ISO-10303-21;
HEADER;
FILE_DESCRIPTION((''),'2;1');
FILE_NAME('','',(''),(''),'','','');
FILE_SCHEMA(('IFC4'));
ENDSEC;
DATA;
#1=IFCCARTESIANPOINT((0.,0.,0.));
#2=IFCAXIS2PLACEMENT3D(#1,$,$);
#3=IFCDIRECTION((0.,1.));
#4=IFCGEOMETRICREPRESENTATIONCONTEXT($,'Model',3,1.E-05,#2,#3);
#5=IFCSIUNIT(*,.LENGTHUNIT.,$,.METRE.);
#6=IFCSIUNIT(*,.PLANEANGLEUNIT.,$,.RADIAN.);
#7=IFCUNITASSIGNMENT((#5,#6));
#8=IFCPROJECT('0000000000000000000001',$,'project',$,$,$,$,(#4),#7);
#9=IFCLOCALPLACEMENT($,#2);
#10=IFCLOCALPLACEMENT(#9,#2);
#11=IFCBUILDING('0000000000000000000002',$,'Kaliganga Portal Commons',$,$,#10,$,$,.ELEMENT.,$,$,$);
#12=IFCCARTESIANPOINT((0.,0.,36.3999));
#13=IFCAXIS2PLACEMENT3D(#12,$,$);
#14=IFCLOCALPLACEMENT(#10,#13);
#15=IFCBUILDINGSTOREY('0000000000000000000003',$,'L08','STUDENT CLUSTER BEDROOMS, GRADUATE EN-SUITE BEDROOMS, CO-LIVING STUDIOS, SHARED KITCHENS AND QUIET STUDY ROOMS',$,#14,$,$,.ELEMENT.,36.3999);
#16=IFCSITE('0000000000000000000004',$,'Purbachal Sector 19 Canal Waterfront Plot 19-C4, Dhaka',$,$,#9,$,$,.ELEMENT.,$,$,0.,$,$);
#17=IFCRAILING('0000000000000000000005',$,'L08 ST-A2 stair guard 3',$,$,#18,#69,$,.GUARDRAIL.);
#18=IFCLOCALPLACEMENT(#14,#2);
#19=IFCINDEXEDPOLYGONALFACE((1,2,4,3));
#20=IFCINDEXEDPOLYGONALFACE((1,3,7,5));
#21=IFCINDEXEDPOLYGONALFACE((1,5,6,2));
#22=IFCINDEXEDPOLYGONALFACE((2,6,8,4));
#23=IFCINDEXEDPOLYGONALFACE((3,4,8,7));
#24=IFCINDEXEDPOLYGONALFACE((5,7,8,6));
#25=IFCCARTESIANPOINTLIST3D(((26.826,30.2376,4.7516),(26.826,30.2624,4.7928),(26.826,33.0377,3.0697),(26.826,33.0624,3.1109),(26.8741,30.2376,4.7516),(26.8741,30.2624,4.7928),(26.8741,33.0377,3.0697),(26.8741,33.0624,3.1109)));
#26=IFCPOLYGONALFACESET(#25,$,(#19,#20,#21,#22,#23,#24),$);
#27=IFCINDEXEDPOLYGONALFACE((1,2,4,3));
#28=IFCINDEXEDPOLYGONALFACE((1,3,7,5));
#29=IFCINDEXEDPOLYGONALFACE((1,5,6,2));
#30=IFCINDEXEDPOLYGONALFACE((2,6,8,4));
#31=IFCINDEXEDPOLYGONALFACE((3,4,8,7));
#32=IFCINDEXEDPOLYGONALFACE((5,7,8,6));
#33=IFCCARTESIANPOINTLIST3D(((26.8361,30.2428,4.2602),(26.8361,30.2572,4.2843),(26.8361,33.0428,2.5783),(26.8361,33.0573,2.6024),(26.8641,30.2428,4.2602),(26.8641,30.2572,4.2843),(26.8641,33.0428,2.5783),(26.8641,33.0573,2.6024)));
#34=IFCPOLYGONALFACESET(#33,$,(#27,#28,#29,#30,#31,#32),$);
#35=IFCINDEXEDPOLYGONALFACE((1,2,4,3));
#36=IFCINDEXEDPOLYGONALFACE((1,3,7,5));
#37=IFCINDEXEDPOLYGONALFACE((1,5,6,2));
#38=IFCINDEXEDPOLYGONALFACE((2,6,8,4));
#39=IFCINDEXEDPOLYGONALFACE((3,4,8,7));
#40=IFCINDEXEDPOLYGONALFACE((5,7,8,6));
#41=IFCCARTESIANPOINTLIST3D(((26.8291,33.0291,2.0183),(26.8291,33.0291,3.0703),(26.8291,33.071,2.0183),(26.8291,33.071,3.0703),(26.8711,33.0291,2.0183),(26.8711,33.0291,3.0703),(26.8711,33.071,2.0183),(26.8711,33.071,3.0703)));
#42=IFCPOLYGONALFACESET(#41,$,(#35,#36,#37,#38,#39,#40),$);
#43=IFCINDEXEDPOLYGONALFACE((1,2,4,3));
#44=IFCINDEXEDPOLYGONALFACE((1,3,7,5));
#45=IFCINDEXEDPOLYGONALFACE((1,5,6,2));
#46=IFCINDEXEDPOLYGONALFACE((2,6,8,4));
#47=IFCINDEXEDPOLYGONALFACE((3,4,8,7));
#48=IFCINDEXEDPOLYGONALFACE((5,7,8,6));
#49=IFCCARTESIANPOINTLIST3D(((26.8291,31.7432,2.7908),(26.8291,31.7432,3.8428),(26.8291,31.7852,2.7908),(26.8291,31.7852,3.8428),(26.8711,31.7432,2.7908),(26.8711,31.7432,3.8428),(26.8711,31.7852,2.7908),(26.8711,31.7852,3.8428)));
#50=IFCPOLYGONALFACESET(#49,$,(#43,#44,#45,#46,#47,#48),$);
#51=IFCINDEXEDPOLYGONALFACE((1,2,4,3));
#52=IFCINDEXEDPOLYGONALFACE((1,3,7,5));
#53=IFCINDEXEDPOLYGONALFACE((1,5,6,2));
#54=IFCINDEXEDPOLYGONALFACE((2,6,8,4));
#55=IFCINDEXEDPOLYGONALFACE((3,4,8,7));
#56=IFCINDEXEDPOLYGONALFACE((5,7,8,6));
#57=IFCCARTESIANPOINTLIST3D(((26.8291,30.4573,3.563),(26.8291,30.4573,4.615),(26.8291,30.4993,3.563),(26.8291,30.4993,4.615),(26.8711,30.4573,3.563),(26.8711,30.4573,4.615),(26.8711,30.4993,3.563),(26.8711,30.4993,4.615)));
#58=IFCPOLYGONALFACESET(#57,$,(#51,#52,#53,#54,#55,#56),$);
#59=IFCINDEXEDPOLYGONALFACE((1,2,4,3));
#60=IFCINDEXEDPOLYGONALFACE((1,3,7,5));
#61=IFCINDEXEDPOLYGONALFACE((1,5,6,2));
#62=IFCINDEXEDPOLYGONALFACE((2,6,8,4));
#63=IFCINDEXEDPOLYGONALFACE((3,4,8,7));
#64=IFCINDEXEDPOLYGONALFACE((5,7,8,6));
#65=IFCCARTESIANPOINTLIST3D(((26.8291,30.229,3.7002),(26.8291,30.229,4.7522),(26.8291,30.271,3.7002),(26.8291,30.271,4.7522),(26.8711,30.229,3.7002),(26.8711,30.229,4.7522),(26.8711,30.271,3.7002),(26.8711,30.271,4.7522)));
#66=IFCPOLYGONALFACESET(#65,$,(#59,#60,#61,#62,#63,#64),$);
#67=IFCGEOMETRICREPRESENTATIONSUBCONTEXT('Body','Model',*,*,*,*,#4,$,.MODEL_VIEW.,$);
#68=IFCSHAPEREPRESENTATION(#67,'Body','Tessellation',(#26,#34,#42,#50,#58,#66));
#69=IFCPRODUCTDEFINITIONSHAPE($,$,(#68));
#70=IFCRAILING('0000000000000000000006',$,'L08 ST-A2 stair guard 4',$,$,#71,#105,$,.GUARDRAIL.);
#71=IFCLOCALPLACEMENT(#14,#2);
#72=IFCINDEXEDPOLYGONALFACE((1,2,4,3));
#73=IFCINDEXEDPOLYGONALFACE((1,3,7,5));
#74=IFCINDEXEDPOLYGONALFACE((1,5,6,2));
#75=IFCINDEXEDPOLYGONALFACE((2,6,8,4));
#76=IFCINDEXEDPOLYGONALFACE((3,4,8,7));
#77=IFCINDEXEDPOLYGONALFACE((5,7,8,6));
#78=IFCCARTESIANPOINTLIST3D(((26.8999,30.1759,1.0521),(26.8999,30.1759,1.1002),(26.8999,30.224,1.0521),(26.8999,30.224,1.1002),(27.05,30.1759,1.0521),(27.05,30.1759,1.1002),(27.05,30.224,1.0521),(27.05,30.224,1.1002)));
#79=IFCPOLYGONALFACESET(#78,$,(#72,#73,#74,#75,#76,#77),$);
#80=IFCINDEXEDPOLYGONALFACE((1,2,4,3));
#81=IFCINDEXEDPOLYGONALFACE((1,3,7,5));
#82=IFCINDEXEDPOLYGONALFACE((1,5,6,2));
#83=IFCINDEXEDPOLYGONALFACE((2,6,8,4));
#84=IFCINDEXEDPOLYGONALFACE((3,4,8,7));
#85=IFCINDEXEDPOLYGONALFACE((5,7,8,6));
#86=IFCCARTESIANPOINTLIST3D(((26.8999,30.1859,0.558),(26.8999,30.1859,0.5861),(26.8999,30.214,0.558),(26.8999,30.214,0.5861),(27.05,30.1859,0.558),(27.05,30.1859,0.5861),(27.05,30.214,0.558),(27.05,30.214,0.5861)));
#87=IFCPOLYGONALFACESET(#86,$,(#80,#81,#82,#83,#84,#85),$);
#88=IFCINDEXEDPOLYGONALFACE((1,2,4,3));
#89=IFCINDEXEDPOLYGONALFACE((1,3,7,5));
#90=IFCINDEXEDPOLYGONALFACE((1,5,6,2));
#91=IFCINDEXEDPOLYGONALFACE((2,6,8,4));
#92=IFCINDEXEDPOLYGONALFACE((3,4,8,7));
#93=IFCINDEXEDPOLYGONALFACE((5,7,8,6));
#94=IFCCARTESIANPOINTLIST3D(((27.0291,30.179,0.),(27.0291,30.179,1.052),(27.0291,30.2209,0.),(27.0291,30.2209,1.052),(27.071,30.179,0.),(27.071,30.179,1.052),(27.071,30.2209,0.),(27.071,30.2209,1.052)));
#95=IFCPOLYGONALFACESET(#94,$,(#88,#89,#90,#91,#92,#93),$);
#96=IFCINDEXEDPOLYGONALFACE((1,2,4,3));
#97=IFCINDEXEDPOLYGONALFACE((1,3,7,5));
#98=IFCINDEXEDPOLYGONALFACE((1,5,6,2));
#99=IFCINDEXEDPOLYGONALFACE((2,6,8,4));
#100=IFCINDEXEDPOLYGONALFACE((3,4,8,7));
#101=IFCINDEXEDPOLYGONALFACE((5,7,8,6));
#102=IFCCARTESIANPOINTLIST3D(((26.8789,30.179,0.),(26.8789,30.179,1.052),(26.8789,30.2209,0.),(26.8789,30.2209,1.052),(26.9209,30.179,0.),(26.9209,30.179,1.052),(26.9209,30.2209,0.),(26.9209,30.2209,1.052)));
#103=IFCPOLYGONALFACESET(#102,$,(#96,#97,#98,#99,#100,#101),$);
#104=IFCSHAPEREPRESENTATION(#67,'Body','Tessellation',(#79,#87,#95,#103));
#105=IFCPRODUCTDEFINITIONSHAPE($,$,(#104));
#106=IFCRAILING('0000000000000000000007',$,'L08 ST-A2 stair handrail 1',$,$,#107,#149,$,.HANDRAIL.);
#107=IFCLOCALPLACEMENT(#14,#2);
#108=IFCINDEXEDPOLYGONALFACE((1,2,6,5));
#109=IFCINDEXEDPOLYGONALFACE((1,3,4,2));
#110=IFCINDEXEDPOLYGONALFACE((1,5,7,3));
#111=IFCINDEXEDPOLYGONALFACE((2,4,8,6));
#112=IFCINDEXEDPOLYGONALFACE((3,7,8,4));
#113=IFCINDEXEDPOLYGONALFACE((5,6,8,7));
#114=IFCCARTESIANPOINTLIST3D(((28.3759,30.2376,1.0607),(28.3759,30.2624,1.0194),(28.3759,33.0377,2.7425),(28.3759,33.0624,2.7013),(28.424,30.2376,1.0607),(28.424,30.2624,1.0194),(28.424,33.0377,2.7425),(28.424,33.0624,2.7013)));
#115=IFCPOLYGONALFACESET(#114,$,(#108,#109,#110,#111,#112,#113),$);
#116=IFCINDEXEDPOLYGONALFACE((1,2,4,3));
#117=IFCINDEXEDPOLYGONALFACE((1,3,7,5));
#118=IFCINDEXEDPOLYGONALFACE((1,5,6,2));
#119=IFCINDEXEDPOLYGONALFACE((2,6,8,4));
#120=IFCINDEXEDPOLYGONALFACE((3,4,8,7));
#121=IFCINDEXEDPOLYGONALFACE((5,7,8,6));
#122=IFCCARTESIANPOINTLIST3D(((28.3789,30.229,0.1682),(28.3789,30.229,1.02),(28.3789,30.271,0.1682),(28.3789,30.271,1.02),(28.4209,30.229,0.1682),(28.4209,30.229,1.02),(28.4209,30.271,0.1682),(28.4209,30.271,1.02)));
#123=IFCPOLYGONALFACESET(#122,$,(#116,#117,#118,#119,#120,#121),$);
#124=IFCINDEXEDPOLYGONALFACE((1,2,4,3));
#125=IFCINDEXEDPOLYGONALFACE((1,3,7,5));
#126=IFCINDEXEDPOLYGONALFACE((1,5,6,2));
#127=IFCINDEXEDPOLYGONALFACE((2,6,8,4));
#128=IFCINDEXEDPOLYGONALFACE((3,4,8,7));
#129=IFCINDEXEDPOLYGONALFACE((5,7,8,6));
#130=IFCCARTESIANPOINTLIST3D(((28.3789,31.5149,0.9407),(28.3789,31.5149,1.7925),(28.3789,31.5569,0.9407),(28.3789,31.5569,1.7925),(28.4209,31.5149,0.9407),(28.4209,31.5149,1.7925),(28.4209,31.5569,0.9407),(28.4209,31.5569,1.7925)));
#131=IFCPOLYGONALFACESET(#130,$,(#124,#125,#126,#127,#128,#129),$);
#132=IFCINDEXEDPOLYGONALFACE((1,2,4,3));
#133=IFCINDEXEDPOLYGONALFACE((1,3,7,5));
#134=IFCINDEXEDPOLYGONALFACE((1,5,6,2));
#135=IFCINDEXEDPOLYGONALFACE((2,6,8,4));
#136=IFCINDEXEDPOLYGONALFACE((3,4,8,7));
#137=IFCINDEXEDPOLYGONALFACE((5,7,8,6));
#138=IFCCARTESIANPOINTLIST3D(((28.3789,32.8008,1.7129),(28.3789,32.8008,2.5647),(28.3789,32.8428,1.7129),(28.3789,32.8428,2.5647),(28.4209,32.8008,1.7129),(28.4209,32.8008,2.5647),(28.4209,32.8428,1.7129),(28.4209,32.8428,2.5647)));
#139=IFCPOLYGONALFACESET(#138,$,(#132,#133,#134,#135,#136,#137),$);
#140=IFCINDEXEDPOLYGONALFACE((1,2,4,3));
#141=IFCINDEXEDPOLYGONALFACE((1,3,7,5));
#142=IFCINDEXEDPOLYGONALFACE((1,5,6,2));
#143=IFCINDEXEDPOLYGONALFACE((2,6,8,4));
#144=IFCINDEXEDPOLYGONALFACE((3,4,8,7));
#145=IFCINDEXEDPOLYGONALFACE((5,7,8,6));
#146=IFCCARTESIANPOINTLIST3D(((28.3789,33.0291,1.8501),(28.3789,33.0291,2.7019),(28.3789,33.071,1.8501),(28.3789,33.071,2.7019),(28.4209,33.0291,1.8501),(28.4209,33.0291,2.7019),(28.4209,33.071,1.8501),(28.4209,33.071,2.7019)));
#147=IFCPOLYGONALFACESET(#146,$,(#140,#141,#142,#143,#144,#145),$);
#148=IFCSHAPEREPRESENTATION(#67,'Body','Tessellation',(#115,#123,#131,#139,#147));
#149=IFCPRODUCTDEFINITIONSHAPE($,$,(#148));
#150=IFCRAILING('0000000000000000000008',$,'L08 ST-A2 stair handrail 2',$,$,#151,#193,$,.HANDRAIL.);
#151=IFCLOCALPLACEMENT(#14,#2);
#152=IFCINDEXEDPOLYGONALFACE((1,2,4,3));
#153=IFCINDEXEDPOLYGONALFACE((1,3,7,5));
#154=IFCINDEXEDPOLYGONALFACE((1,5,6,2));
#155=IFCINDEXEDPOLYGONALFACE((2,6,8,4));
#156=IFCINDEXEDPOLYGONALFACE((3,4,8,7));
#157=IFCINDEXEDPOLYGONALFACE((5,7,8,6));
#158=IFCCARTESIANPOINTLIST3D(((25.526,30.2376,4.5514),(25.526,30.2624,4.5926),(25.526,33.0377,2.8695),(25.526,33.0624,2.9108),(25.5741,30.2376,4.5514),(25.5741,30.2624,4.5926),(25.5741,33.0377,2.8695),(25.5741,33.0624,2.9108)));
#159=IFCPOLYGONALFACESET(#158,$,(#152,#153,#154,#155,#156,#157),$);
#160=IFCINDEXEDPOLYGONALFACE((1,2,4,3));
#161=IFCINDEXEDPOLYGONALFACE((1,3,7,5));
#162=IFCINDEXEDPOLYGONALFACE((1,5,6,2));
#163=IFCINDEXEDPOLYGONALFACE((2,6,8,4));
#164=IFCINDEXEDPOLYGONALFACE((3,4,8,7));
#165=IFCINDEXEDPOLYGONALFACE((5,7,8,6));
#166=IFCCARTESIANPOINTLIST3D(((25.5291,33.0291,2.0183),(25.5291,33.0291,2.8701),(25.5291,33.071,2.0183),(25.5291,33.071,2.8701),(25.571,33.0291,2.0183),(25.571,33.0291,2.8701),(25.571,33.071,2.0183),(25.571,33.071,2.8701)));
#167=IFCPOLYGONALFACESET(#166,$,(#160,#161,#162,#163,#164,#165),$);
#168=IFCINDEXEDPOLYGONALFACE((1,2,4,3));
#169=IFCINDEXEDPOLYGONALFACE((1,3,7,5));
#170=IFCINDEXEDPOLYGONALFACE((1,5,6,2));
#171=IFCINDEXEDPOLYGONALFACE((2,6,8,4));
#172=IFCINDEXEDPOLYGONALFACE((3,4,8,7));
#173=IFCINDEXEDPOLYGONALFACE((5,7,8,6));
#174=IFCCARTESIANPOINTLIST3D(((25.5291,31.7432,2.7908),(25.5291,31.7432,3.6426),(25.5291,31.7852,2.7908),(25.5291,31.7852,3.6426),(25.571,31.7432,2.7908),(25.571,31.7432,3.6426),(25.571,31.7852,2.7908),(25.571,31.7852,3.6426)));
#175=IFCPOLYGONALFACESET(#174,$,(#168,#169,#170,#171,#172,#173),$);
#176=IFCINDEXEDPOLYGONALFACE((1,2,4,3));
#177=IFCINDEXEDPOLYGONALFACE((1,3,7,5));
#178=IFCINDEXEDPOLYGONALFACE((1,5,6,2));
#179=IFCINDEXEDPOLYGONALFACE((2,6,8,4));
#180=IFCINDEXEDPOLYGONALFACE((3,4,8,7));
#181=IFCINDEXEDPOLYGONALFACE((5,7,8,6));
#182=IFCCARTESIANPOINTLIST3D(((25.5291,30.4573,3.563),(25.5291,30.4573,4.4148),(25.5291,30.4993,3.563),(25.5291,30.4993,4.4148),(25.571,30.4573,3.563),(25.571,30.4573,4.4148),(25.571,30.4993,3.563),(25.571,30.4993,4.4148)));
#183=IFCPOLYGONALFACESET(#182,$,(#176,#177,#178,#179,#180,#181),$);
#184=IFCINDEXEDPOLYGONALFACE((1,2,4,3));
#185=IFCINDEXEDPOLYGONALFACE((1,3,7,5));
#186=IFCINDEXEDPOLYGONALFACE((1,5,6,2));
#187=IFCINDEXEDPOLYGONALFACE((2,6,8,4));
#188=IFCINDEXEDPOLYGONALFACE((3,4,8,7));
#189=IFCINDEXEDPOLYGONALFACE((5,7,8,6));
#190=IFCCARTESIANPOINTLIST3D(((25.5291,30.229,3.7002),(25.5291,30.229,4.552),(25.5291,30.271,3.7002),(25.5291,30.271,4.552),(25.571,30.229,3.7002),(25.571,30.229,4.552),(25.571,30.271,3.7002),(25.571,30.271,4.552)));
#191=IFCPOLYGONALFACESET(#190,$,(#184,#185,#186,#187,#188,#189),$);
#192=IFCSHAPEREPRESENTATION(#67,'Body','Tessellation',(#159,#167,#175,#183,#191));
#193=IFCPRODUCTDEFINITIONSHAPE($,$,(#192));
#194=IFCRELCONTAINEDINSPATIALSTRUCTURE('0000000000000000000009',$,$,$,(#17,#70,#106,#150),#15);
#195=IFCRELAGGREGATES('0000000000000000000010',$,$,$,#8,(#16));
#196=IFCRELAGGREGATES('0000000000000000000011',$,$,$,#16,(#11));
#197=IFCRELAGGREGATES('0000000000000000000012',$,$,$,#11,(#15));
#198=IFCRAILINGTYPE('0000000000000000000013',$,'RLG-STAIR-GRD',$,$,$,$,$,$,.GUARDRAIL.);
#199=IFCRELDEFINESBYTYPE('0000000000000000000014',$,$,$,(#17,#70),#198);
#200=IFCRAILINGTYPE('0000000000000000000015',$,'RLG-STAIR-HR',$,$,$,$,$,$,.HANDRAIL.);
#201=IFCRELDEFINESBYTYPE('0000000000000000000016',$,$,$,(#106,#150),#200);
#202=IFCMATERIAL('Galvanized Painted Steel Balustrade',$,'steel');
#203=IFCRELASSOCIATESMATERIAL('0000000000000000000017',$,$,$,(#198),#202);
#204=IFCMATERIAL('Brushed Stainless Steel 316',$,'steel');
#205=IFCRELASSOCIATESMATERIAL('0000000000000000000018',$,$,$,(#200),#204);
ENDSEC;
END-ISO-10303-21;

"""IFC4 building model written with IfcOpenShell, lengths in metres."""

from ifc_helpers import new_model, si_unit, direction, frame, origin, origin_2d, place, context, subcontext, project, spatial, rectangle, extrude, material, type_object, element, save


model = new_model("IFC4")

# Units and contexts
model_context = context("Model", 3, precision=1e-05, world=origin(), true_north=direction((0.0, 1.0)))
body_context = subcontext(model_context, "Body", "Model", "MODEL_VIEW")
ifc_project = project(units=[si_unit("LENGTHUNIT", "METRE"), si_unit("PLANEANGLEUNIT", "RADIAN")], contexts=[model_context])

# Site, building, storey
site_placement = place(None, origin())
site = spatial("IfcSite", under=ifc_project, at=site_placement, Name="Purbachal Sector 19 Canal Waterfront Plot 19-C4, Dhaka", CompositionType="ELEMENT", RefElevation=0.0)
building_placement = place(site_placement, origin())
building = spatial("IfcBuilding", under=site, at=building_placement, Name="Kaliganga Portal Commons", CompositionType="ELEMENT")
storey_placement = place(building_placement, frame((0.0, 0.0, 36.3999)))
storey = spatial("IfcBuildingStorey", under=building, at=storey_placement, Name="L08", Description="STUDENT CLUSTER BEDROOMS, GRADUATE EN-SUITE BEDROOMS, CO-LIVING STUDIOS, SHARED KITCHENS AND QUIET STUDY ROOMS", CompositionType="ELEMENT", Elevation=36.3999)

# Railings
ifc_material_1 = material(Name="Galvanized Painted Steel Balustrade", Category="steel")
railing_type_1 = type_object("IfcRailingType", Name="RLG-STAIR-GRD", PredefinedType="GUARDRAIL", material=ifc_material_1)
railing_1_placement = place(storey_placement, frame((26.8501, 33.05, 2.0183)))
element("IfcRailing", 1, at=railing_1_placement, inside=storey, type_object=railing_type_1, Name="L08 ST-A2 stair guard 3", PredefinedType="GUARDRAIL", context=body_context, shape_type="SweptSolid", body=[
    extrude(rectangle(XDim=0.0481, YDim=0.0481, at=origin_2d()), frame((0.0, 0.0, 1.072), z_axis=(0.0, -0.857242, 0.514913), x_axis=(1.0, 0.0, 0.0)), (0.0, 0.0, 1.0), 3.2664),
    extrude(rectangle(XDim=0.0281, YDim=0.0281, at=origin_2d()), frame((0.0, 0.0, 0.572), z_axis=(0.0, -0.857242, 0.514913), x_axis=(1.0, 0.0, 0.0)), (0.0, 0.0, 1.0), 3.2664),
    extrude(rectangle(XDim=0.042, YDim=0.042, at=origin_2d()), origin(), (0.0, 0.0, 1.0), 1.052),
    extrude(rectangle(XDim=0.042, YDim=0.042, at=origin_2d()), frame((0.0, -1.2859, 0.7725)), (0.0, 0.0, 1.0), 1.052),
    extrude(rectangle(XDim=0.042, YDim=0.042, at=origin_2d()), frame((0.0, -2.5718, 1.5447)), (0.0, 0.0, 1.0), 1.052),
    extrude(rectangle(XDim=0.042, YDim=0.042, at=origin_2d()), frame((0.0, -2.8, 1.6819)), (0.0, 0.0, 1.0), 1.052),
])
railing_2_placement = place(storey_placement, frame((27.05, 30.2, 0.0)))
element("IfcRailing", 2, at=railing_2_placement, inside=storey, type_object=railing_type_1, Name="L08 ST-A2 stair guard 4", PredefinedType="GUARDRAIL", context=body_context, shape_type="SweptSolid", body=[
    extrude(rectangle(XDim=0.0481, YDim=0.0481, at=origin_2d()), frame((0.0, 0.0, 1.0762), z_axis=(-1.0, 0.0, 0.0), x_axis=(0.0, -1.0, 0.0)), (0.0, 0.0, 1.0), 0.1501),
    extrude(rectangle(XDim=0.0281, YDim=0.0281, at=origin_2d()), frame((0.0, 0.0, 0.572), z_axis=(-1.0, 0.0, 0.0), x_axis=(0.0, -1.0, 0.0)), (0.0, 0.0, 1.0), 0.1501),
    extrude(rectangle(XDim=0.042, YDim=0.042, at=origin_2d()), origin(), (0.0, 0.0, 1.0), 1.052),
    extrude(rectangle(XDim=0.042, YDim=0.042, at=origin_2d()), frame((-0.1501, 0.0, 0.0)), (0.0, 0.0, 1.0), 1.052),
])
ifc_material_2 = material(Name="Brushed Stainless Steel 316", Category="steel")
railing_type_2 = type_object("IfcRailingType", Name="RLG-STAIR-HR", PredefinedType="HANDRAIL", material=ifc_material_2)
railing_3_placement = place(storey_placement, frame((28.3999, 30.25, 0.1682)))
element("IfcRailing", 3, at=railing_3_placement, inside=storey, type_object=railing_type_2, Name="L08 ST-A2 stair handrail 1", PredefinedType="HANDRAIL", context=body_context, shape_type="SweptSolid", body=[
    extrude(rectangle(XDim=0.0481, YDim=0.0481, at=origin_2d()), frame((0.0, 0.0, 0.8718), z_axis=(0.0, 0.857242, 0.514913), x_axis=(-1.0, 0.0, 0.0)), (0.0, 0.0, 1.0), 3.2664),
    extrude(rectangle(XDim=0.042, YDim=0.042, at=origin_2d()), origin(), (0.0, 0.0, 1.0), 0.8518),
    extrude(rectangle(XDim=0.042, YDim=0.042, at=origin_2d()), frame((0.0, 1.2859, 0.7725)), (0.0, 0.0, 1.0), 0.8518),
    extrude(rectangle(XDim=0.042, YDim=0.042, at=origin_2d()), frame((0.0, 2.5718, 1.5447)), (0.0, 0.0, 1.0), 0.8518),
    extrude(rectangle(XDim=0.042, YDim=0.042, at=origin_2d()), frame((0.0, 2.8, 1.6819)), (0.0, 0.0, 1.0), 0.8518),
])
railing_4_placement = place(storey_placement, frame((25.55, 33.05, 2.0183)))
element("IfcRailing", 4, at=railing_4_placement, inside=storey, type_object=railing_type_2, Name="L08 ST-A2 stair handrail 2", PredefinedType="HANDRAIL", context=body_context, shape_type="SweptSolid", body=[
    extrude(rectangle(XDim=0.0481, YDim=0.0481, at=origin_2d()), frame((0.0, 0.0, 0.8718), z_axis=(0.0, -0.857242, 0.514913), x_axis=(1.0, 0.0, 0.0)), (0.0, 0.0, 1.0), 3.2664),
    extrude(rectangle(XDim=0.042, YDim=0.042, at=origin_2d()), origin(), (0.0, 0.0, 1.0), 0.8518),
    extrude(rectangle(XDim=0.042, YDim=0.042, at=origin_2d()), frame((0.0, -1.2859, 0.7725)), (0.0, 0.0, 1.0), 0.8518),
    extrude(rectangle(XDim=0.042, YDim=0.042, at=origin_2d()), frame((0.0, -2.5718, 1.5447)), (0.0, 0.0, 1.0), 0.8518),
    extrude(rectangle(XDim=0.042, YDim=0.042, at=origin_2d()), frame((0.0, -2.8, 1.6819)), (0.0, 0.0, 1.0), 0.8518),
])

save(model, "model.ifc")
